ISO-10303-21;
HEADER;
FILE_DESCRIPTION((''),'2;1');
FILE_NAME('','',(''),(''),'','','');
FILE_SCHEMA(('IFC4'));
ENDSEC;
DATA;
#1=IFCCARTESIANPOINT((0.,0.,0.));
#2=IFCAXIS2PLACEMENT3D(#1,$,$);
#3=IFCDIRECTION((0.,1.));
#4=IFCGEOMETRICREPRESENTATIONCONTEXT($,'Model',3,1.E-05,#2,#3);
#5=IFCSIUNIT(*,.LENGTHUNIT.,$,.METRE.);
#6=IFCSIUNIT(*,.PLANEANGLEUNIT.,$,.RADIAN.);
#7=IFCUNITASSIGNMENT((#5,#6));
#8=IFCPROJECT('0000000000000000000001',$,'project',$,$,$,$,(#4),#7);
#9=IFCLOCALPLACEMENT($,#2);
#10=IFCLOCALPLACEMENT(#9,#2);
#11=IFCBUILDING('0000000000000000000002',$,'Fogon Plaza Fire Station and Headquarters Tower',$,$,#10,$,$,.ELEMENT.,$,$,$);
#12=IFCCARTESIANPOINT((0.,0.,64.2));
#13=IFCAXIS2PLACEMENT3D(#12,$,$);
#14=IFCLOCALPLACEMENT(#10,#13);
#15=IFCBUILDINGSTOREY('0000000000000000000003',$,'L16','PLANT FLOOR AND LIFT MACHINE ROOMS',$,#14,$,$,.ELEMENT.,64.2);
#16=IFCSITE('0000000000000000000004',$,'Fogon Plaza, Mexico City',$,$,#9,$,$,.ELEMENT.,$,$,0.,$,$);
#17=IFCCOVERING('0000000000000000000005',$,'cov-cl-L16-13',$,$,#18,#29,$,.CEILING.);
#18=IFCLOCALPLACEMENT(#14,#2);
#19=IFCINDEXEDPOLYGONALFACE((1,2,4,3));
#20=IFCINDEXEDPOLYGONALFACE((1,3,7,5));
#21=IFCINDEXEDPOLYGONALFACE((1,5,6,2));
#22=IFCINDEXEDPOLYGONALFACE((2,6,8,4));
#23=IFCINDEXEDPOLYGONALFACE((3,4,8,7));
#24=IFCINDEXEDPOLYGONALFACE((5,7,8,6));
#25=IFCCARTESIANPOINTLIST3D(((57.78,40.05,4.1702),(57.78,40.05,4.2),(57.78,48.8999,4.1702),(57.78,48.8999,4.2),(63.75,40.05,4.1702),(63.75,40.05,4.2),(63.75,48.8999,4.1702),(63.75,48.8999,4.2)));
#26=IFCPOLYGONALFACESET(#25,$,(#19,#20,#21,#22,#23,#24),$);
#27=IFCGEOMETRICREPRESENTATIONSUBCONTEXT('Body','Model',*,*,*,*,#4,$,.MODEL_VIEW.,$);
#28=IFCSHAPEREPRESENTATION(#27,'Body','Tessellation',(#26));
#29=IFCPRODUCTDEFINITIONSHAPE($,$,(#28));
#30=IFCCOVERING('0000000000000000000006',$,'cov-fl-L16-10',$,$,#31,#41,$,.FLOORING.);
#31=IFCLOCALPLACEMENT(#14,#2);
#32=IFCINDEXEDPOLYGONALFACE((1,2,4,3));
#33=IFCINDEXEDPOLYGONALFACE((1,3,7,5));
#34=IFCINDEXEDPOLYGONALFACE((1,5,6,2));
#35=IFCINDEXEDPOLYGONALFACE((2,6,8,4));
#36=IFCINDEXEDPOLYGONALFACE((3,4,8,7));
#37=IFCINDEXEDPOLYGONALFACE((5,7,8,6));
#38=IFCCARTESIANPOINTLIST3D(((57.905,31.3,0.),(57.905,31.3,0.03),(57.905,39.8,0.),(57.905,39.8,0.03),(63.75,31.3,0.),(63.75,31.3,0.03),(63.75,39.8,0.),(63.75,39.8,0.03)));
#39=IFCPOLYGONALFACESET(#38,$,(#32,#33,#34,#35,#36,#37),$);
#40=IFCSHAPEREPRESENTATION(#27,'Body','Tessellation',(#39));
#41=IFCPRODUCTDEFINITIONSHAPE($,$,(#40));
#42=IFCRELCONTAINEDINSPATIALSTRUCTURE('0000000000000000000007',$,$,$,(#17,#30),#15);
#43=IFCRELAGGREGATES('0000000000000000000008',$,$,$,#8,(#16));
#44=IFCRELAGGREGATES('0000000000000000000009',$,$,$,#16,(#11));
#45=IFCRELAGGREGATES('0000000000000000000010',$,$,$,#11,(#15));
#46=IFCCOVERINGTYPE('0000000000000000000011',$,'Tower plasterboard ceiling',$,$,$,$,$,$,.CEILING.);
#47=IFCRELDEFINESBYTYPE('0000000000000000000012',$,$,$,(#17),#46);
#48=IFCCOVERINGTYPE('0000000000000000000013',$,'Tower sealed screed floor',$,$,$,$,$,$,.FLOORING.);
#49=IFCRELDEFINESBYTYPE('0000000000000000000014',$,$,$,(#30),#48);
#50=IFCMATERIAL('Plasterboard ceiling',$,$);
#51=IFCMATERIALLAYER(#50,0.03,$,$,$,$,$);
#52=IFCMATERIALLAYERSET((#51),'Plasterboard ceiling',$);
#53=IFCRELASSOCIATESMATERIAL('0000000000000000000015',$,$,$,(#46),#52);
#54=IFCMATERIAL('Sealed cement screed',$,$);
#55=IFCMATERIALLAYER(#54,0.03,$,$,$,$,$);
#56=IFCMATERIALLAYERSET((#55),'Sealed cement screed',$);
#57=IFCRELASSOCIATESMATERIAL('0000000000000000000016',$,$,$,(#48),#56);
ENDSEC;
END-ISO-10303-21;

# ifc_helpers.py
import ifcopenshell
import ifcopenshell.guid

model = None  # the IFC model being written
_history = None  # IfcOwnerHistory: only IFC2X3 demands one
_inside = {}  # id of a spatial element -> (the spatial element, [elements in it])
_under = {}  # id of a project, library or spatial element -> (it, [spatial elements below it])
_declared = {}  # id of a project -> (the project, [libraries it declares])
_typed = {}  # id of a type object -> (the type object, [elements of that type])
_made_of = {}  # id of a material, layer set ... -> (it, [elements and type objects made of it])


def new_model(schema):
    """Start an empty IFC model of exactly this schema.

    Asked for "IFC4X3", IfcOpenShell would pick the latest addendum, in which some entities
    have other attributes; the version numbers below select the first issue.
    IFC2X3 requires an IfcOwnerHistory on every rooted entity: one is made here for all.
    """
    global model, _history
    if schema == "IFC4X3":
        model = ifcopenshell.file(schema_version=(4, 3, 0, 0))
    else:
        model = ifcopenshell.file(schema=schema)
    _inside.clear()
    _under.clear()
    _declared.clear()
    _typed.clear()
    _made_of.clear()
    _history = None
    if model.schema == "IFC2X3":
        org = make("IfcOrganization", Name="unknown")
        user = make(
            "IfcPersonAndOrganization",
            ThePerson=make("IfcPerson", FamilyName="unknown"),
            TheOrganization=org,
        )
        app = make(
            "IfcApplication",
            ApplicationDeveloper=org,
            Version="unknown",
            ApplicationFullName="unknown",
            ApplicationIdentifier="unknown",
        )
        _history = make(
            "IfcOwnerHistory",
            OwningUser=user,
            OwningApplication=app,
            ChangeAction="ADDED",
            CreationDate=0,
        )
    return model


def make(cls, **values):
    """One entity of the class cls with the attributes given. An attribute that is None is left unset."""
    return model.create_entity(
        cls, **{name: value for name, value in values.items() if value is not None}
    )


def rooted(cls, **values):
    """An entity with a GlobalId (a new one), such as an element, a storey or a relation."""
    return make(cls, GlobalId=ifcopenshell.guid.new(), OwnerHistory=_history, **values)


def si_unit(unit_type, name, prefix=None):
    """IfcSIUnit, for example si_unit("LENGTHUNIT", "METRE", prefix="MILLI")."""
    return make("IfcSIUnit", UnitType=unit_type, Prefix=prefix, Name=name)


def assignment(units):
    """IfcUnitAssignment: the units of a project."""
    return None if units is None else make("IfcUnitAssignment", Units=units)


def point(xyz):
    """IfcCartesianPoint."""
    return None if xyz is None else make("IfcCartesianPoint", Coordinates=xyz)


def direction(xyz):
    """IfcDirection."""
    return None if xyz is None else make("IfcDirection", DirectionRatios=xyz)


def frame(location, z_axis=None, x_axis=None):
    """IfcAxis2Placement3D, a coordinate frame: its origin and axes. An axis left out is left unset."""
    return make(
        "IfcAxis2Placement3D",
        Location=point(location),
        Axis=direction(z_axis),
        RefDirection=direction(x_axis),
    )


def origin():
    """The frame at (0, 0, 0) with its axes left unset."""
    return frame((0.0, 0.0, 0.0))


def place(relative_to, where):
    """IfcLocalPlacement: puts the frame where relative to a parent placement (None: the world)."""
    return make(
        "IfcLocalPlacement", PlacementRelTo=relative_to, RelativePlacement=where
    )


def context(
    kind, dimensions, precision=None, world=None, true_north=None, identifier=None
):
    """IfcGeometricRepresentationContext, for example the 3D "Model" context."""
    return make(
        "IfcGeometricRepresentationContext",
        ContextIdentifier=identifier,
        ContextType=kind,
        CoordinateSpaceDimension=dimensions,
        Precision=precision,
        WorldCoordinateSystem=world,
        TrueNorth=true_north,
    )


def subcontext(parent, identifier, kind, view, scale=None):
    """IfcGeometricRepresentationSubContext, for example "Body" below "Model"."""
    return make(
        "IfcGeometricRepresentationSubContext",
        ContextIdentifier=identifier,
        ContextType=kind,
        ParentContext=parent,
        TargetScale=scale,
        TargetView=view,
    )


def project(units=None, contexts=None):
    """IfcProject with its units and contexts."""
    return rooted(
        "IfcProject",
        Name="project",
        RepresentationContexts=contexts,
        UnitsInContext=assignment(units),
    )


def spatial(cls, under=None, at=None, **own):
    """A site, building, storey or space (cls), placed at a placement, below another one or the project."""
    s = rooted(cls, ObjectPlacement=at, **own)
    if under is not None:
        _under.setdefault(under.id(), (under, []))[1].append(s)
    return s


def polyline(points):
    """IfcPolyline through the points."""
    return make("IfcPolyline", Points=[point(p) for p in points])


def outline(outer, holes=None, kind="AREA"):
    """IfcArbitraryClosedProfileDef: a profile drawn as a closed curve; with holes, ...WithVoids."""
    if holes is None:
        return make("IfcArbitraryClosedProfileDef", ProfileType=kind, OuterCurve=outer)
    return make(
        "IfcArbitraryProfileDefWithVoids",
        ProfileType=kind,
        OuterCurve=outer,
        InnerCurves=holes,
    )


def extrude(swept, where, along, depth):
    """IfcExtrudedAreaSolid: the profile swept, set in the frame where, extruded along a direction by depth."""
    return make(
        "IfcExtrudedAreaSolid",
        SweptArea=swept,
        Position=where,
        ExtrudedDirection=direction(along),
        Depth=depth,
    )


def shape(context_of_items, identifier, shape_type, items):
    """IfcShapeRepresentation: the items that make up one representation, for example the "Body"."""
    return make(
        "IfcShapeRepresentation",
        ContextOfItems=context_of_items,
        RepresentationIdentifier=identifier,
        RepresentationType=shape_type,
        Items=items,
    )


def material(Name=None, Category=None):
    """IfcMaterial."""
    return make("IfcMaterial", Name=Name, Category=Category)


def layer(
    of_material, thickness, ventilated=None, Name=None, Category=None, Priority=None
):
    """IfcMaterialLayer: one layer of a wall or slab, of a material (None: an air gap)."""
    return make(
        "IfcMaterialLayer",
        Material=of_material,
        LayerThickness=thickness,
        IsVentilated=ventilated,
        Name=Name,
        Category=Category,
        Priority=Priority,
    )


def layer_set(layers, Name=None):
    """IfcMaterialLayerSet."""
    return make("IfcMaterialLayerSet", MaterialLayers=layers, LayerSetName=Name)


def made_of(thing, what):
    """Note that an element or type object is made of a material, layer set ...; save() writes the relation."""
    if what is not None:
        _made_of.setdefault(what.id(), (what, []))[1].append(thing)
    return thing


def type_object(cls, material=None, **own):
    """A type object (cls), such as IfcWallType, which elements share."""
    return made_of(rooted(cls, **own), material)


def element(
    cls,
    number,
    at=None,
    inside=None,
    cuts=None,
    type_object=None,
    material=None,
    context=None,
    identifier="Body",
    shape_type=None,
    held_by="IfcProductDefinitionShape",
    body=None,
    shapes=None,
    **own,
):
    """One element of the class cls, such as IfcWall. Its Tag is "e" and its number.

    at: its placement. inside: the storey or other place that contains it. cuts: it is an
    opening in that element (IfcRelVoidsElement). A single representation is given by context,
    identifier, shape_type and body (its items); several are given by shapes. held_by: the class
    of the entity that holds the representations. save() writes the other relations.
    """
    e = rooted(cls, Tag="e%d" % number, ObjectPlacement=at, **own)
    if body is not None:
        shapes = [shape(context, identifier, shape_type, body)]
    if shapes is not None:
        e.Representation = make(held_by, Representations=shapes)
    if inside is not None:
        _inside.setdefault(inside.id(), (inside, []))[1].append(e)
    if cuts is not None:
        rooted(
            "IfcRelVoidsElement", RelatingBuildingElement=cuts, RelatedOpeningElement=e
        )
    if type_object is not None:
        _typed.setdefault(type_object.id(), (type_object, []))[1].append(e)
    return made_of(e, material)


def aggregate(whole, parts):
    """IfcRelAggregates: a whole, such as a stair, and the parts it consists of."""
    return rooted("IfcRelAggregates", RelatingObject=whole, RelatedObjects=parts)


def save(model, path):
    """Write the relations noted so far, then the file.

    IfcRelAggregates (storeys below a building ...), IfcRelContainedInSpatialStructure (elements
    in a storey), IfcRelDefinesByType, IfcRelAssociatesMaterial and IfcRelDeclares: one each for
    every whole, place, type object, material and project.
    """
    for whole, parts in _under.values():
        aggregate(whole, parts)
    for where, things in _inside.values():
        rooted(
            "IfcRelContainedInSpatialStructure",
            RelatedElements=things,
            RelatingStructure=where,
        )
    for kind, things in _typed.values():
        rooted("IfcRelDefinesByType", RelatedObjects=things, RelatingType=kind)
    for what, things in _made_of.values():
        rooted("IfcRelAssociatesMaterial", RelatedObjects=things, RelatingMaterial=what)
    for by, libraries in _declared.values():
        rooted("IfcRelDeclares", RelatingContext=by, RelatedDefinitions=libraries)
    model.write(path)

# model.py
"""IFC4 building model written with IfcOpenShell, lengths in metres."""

from ifc_helpers import new_model, si_unit, direction, frame, origin, place, context, subcontext, project, spatial, polyline, outline, extrude, material, layer, layer_set, type_object, element, save


model = new_model("IFC4")

# Units and contexts
model_context = context("Model", 3, precision=1e-05, world=origin(), true_north=direction((0.0, 1.0)))
body_context = subcontext(model_context, "Body", "Model", "MODEL_VIEW")
ifc_project = project(units=[si_unit("LENGTHUNIT", "METRE"), si_unit("PLANEANGLEUNIT", "RADIAN")], contexts=[model_context])

# Site, building, storey
site_placement = place(None, origin())
site = spatial("IfcSite", under=ifc_project, at=site_placement, Name="Fogon Plaza, Mexico City", CompositionType="ELEMENT", RefElevation=0.0)
building_placement = place(site_placement, origin())
building = spatial("IfcBuilding", under=site, at=building_placement, Name="Fogon Plaza Fire Station and Headquarters Tower", CompositionType="ELEMENT")
storey_placement = place(building_placement, frame((0.0, 0.0, 64.2)))
storey = spatial("IfcBuildingStorey", under=building, at=storey_placement, Name="L16", Description="PLANT FLOOR AND LIFT MACHINE ROOMS", CompositionType="ELEMENT", Elevation=64.2)

# Coverings
ifc_material_1 = material(Name="Plasterboard ceiling")
ifc_layer_1 = layer(ifc_material_1, 0.03)
ifc_layer_set_1 = layer_set([ifc_layer_1], Name="Plasterboard ceiling")
covering_type_1 = type_object("IfcCoveringType", Name="Tower plasterboard ceiling", PredefinedType="CEILING", material=ifc_layer_set_1)
covering_1_placement = place(storey_placement, frame((0.0, 0.0, 4.1702)))
element("IfcCovering", 1, at=covering_1_placement, inside=storey, type_object=covering_type_1, Name="cov-cl-L16-13", PredefinedType="CEILING", context=body_context, shape_type="SweptSolid", body=[
    extrude(outline(polyline([(63.75, 40.05), (63.75, 48.8999), (57.78, 48.8999), (57.78, 40.05), (63.75, 40.05)])), origin(), (0.0, 0.0, 1.0), 0.0298),
])
ifc_material_2 = material(Name="Sealed cement screed")
ifc_layer_2 = layer(ifc_material_2, 0.03)
ifc_layer_set_2 = layer_set([ifc_layer_2], Name="Sealed cement screed")
covering_type_2 = type_object("IfcCoveringType", Name="Tower sealed screed floor", PredefinedType="FLOORING", material=ifc_layer_set_2)
covering_2_placement = place(storey_placement, origin())
element("IfcCovering", 2, at=covering_2_placement, inside=storey, type_object=covering_type_2, Name="cov-fl-L16-10", PredefinedType="FLOORING", context=body_context, shape_type="SweptSolid", body=[
    extrude(outline(polyline([(63.75, 31.3), (63.75, 39.8), (57.905, 39.8), (57.905, 31.3), (63.75, 31.3)])), origin(), (0.0, 0.0, 1.0), 0.03),
])

save(model, "model.ifc")
